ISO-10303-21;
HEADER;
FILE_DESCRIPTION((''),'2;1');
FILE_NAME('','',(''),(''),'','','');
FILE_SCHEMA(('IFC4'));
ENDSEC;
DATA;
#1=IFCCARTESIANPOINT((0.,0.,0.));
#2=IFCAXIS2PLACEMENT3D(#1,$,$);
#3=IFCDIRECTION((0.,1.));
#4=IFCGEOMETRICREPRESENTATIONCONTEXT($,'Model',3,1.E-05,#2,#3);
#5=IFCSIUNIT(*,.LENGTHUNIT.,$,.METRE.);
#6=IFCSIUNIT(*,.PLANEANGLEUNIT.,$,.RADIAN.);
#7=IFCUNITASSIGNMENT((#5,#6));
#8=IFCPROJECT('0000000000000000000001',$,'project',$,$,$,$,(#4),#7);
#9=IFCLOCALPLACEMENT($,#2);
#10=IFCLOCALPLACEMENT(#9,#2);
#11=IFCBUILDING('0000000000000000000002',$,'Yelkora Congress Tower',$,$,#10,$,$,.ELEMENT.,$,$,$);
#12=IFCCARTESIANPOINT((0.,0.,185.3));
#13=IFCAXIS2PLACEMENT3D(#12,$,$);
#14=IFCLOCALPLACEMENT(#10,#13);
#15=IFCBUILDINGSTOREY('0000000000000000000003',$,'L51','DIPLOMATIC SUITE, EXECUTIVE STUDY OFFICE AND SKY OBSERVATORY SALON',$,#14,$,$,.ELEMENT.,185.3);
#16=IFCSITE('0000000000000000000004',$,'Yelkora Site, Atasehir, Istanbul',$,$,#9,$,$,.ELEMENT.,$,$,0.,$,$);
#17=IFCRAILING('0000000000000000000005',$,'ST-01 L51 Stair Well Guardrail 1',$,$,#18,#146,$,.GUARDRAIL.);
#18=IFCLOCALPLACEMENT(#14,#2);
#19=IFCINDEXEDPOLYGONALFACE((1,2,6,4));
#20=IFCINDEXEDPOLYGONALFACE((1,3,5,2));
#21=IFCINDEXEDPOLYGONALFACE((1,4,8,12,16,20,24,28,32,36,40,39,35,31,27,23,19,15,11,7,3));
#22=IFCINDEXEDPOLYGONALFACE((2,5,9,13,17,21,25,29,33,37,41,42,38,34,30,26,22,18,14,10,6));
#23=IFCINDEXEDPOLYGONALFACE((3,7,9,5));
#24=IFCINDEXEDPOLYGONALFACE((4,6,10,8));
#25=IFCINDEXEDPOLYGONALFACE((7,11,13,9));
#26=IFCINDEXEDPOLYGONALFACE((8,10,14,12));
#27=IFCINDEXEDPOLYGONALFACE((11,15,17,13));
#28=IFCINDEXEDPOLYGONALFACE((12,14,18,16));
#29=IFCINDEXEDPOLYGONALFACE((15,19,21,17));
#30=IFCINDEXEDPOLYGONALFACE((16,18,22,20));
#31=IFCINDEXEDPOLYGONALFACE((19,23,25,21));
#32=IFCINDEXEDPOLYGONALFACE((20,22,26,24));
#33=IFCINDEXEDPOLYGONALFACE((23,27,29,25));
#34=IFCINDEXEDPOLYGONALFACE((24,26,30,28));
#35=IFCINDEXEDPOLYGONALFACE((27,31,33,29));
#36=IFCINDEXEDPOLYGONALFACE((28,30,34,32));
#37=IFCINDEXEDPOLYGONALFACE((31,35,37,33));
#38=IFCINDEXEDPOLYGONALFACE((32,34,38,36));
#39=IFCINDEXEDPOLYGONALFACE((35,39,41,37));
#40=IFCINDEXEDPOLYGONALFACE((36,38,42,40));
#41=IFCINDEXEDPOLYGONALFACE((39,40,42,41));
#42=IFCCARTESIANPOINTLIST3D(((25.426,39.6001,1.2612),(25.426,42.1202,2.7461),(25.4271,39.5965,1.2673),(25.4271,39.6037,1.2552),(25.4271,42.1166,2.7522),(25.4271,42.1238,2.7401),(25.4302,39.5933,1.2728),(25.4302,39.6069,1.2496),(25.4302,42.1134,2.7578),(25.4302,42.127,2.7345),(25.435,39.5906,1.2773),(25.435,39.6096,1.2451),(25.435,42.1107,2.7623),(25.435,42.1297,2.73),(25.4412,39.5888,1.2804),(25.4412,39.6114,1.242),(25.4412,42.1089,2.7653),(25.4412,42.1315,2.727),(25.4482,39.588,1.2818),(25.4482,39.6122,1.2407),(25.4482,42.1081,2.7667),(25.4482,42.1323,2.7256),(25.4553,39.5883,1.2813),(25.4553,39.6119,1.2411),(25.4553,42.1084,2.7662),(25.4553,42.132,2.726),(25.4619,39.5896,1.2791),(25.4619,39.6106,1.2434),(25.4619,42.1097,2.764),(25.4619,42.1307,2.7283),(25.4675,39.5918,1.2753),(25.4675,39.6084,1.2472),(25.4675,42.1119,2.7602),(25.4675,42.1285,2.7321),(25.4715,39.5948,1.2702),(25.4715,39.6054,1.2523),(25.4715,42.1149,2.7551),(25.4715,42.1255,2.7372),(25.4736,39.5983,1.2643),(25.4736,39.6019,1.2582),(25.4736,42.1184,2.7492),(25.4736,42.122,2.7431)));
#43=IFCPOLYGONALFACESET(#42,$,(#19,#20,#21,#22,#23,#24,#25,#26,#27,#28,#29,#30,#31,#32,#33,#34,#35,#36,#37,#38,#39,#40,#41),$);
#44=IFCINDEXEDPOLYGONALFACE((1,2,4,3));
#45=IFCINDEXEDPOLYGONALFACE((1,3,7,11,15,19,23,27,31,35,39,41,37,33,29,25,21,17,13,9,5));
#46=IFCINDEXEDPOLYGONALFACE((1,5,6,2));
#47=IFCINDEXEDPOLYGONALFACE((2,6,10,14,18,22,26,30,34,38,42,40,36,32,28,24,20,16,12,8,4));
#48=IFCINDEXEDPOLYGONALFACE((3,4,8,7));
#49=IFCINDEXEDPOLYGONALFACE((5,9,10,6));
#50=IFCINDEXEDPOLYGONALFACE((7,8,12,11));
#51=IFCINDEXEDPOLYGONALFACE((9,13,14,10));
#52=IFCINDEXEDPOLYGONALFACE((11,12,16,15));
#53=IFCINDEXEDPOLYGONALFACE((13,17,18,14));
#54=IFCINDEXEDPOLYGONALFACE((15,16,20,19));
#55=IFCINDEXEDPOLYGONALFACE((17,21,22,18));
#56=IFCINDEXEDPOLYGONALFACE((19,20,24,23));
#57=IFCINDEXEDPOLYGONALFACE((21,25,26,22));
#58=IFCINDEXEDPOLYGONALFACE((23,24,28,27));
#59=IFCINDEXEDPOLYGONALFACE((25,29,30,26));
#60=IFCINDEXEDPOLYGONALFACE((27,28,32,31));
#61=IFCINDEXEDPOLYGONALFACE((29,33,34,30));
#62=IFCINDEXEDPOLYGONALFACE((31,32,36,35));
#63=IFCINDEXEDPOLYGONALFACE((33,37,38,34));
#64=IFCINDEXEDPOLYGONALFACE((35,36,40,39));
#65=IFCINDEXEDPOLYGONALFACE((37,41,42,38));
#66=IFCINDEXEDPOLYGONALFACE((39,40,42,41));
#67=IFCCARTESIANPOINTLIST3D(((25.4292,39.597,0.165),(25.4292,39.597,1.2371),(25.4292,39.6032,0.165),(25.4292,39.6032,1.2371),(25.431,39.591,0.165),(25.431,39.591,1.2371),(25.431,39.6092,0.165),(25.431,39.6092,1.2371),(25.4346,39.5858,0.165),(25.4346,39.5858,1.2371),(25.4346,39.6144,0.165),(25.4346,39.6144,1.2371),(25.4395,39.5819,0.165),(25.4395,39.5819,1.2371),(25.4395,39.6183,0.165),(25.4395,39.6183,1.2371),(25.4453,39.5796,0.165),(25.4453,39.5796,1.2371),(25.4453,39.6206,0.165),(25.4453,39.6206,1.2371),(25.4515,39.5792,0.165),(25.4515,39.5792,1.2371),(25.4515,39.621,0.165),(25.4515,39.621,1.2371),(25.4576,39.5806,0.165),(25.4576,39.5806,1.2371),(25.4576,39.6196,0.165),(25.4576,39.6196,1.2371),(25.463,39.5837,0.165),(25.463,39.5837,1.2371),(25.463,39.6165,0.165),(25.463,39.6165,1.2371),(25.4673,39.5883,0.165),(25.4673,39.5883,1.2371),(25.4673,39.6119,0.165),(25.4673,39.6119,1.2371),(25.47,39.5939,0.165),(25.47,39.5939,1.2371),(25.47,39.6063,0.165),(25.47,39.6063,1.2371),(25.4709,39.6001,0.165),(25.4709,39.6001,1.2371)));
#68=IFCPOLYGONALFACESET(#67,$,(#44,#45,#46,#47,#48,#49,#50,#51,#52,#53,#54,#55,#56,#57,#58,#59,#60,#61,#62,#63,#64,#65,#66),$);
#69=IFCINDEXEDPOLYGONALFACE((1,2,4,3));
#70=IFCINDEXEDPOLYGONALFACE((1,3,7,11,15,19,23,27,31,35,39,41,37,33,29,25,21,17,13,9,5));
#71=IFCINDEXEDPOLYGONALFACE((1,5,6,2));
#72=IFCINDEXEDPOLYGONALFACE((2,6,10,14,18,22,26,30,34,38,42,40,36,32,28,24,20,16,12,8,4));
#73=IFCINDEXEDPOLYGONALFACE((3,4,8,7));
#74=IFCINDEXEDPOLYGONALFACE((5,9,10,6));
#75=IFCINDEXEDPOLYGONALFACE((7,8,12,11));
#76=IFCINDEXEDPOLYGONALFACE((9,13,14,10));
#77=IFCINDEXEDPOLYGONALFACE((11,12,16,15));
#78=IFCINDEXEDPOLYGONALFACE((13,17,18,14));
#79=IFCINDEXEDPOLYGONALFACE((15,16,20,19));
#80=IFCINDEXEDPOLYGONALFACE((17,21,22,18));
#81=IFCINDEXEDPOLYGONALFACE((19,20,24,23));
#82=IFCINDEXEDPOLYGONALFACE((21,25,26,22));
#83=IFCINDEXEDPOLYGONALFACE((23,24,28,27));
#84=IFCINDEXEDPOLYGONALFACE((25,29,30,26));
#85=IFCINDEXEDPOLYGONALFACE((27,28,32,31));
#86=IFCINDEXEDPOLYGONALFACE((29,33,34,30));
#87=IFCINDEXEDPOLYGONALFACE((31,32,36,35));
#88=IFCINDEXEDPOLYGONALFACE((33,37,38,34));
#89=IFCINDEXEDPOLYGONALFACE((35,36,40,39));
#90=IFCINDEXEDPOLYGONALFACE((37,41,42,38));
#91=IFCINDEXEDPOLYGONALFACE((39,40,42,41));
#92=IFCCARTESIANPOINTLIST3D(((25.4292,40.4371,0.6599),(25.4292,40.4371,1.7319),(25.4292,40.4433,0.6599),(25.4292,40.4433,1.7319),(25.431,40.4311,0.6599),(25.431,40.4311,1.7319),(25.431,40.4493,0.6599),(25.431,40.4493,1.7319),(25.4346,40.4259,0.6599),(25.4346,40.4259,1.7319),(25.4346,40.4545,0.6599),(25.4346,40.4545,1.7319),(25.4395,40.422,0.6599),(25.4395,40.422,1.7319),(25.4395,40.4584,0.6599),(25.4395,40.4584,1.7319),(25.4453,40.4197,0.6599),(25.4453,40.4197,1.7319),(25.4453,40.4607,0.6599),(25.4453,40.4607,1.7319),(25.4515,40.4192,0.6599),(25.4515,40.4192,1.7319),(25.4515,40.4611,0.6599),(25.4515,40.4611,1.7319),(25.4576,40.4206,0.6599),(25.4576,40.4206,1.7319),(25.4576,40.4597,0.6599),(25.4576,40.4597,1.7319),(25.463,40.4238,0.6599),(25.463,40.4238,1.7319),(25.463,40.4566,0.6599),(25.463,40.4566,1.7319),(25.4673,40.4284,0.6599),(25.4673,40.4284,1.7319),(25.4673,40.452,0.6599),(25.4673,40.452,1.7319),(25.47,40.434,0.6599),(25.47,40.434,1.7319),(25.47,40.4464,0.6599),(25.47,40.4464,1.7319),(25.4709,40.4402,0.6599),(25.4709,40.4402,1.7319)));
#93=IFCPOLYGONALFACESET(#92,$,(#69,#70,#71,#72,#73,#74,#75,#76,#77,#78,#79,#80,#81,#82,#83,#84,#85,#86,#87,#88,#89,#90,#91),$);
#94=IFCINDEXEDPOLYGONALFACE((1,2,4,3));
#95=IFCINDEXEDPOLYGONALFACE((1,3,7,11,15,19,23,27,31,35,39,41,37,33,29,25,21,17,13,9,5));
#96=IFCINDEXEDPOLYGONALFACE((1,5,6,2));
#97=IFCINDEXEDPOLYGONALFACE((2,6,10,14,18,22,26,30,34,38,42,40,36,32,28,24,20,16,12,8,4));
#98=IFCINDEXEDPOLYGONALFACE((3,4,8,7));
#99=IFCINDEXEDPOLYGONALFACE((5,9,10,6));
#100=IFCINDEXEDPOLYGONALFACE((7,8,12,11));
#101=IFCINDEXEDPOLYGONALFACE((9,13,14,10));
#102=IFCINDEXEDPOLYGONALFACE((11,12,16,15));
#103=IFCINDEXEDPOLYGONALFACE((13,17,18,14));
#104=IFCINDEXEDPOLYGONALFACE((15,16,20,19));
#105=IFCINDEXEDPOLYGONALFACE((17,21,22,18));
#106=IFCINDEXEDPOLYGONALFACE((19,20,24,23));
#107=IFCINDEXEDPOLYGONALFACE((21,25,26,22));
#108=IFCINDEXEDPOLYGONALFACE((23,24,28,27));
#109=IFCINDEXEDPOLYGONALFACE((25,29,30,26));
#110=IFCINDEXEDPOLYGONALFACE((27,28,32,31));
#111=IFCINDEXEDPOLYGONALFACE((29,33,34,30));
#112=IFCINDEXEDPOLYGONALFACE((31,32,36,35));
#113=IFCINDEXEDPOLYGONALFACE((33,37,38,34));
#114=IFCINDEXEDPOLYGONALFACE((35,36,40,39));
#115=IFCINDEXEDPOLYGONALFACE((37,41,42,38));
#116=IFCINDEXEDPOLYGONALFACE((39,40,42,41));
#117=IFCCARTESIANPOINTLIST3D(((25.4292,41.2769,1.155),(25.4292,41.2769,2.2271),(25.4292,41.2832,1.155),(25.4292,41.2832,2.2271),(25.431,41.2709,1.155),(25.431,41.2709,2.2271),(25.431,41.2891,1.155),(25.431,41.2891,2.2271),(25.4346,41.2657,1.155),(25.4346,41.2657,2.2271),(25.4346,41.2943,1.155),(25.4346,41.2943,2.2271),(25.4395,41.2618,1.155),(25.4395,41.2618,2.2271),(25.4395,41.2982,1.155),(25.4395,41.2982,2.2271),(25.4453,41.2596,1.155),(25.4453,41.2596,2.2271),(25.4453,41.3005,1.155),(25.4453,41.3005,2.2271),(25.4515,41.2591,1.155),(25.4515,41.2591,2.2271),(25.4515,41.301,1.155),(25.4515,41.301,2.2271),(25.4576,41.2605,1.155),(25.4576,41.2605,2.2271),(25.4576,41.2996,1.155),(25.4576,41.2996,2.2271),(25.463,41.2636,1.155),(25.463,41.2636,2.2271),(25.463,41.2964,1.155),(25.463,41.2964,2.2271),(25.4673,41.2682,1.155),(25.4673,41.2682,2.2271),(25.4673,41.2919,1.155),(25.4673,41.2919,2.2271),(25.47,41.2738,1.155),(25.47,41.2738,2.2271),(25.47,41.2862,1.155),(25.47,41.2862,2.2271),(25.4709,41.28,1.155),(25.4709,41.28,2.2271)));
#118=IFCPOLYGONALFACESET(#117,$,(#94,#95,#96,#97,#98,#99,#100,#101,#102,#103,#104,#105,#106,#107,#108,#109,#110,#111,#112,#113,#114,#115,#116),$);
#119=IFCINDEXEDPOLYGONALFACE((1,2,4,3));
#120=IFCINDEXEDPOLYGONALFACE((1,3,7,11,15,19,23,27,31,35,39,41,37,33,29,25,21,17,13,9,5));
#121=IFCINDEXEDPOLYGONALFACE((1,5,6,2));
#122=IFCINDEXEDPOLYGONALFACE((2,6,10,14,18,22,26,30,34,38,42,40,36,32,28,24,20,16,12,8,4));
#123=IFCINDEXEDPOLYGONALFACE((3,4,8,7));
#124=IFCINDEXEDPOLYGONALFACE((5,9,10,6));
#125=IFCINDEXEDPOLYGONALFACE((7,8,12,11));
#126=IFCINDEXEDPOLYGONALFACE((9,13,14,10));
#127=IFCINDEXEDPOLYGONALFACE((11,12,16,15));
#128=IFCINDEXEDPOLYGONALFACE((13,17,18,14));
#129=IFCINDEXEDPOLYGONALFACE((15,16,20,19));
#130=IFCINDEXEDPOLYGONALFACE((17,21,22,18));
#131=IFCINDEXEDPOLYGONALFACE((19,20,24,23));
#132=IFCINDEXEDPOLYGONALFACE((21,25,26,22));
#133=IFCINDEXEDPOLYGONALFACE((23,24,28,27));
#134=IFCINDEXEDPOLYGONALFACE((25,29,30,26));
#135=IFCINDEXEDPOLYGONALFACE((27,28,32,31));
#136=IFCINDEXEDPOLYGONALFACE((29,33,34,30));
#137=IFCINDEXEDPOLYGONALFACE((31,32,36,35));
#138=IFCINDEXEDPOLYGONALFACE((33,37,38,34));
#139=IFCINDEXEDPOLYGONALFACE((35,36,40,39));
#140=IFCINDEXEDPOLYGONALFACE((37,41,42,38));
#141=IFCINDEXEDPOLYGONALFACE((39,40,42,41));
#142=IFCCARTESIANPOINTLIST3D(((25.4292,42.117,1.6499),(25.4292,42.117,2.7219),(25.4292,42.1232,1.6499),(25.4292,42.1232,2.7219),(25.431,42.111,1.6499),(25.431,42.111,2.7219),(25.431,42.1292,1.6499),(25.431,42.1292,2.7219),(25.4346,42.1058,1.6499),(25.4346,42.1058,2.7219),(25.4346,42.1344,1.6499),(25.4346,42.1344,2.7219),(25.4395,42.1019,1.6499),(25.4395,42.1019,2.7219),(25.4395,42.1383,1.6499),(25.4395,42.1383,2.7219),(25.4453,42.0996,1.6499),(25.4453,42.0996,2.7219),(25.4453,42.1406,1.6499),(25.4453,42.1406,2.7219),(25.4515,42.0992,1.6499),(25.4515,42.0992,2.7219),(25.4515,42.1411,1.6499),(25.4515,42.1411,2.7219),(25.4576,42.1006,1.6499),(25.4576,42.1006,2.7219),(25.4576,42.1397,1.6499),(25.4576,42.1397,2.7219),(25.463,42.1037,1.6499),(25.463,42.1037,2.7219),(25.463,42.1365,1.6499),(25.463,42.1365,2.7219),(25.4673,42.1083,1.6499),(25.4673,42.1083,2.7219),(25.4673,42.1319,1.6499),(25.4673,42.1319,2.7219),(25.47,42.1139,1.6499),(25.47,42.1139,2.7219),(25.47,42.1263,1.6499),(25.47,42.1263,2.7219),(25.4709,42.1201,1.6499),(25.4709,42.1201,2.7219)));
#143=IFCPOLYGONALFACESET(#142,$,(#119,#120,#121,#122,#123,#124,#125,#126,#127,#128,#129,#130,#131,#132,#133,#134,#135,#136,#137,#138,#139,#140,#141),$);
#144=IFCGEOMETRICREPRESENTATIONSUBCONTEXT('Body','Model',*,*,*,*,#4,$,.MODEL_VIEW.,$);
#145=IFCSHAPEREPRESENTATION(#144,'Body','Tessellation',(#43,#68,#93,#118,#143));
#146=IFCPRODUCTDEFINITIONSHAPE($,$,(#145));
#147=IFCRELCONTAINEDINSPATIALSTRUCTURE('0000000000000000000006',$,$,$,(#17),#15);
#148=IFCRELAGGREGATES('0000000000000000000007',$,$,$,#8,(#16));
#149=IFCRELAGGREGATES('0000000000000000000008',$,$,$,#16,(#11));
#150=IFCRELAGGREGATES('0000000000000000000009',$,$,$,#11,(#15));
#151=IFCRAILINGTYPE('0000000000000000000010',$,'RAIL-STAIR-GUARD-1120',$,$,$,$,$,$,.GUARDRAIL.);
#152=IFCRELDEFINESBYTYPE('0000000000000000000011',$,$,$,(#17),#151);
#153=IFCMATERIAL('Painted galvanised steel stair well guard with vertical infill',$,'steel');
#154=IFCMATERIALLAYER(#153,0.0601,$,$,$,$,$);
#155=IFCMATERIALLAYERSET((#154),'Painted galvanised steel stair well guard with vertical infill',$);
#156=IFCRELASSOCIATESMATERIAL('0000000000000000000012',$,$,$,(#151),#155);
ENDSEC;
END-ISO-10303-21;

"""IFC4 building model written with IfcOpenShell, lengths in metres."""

from ifc_helpers import new_model, si_unit, direction, frame, origin, origin_2d, place, context, subcontext, project, spatial, circle, extrude, material, layer, layer_set, type_object, element, save


model = new_model("IFC4")

# Units and contexts
model_context = context("Model", 3, precision=1e-05, world=origin(), true_north=direction((0.0, 1.0)))
body_context = subcontext(model_context, "Body", "Model", "MODEL_VIEW")
ifc_project = project(units=[si_unit("LENGTHUNIT", "METRE"), si_unit("PLANEANGLEUNIT", "RADIAN")], contexts=[model_context])

# Site, building, storey
site_placement = place(None, origin())
site = spatial("IfcSite", under=ifc_project, at=site_placement, Name="Yelkora Site, Atasehir, Istanbul", CompositionType="ELEMENT", RefElevation=0.0)
building_placement = place(site_placement, origin())
building = spatial("IfcBuilding", under=site, at=building_placement, Name="Yelkora Congress Tower", CompositionType="ELEMENT")
storey_placement = place(building_placement, frame((0.0, 0.0, 185.3)))
storey = spatial("IfcBuildingStorey", under=building, at=storey_placement, Name="L51", Description="DIPLOMATIC SUITE, EXECUTIVE STUDY OFFICE AND SKY OBSERVATORY SALON", CompositionType="ELEMENT", Elevation=185.3)

# Railing
ifc_material_1 = material(Name="Painted galvanised steel stair well guard with vertical infill", Category="steel")
ifc_layer_1 = layer(ifc_material_1, 0.0601)
ifc_layer_set_1 = layer_set([ifc_layer_1], Name="Painted galvanised steel stair well guard with vertical infill")
railing_type_1 = type_object("IfcRailingType", Name="RAIL-STAIR-GUARD-1120", PredefinedType="GUARDRAIL", material=ifc_layer_set_1)
railing_1_placement = place(storey_placement, frame((25.45, 39.6001, 0.165)))
element("IfcRailing", 1, at=railing_1_placement, inside=storey, type_object=railing_type_1, Name="ST-01 L51 Stair Well Guardrail 1", PredefinedType="GUARDRAIL", context=body_context, shape_type="SweptSolid", body=[
    extrude(circle(Radius=0.0239, at=origin_2d()), frame((0.0, 0.0, 1.0962), z_axis=(0.0, 0.861561, 0.507655), x_axis=(-1.0, 0.0, 0.0)), (0.0, 0.0, 1.0), 2.925),
    extrude(circle(Radius=0.021, at=origin_2d()), origin(), (0.0, 0.0, 1.0), 1.072),
    extrude(circle(Radius=0.021, at=origin_2d()), frame((0.0, 0.8401, 0.4949)), (0.0, 0.0, 1.0), 1.072),
    extrude(circle(Radius=0.021, at=origin_2d()), frame((0.0, 1.6799, 0.99)), (0.0, 0.0, 1.0), 1.072),
    extrude(circle(Radius=0.021, at=origin_2d()), frame((0.0, 2.52, 1.4849)), (0.0, 0.0, 1.0), 1.072),
])

save(model, "model.ifc")
